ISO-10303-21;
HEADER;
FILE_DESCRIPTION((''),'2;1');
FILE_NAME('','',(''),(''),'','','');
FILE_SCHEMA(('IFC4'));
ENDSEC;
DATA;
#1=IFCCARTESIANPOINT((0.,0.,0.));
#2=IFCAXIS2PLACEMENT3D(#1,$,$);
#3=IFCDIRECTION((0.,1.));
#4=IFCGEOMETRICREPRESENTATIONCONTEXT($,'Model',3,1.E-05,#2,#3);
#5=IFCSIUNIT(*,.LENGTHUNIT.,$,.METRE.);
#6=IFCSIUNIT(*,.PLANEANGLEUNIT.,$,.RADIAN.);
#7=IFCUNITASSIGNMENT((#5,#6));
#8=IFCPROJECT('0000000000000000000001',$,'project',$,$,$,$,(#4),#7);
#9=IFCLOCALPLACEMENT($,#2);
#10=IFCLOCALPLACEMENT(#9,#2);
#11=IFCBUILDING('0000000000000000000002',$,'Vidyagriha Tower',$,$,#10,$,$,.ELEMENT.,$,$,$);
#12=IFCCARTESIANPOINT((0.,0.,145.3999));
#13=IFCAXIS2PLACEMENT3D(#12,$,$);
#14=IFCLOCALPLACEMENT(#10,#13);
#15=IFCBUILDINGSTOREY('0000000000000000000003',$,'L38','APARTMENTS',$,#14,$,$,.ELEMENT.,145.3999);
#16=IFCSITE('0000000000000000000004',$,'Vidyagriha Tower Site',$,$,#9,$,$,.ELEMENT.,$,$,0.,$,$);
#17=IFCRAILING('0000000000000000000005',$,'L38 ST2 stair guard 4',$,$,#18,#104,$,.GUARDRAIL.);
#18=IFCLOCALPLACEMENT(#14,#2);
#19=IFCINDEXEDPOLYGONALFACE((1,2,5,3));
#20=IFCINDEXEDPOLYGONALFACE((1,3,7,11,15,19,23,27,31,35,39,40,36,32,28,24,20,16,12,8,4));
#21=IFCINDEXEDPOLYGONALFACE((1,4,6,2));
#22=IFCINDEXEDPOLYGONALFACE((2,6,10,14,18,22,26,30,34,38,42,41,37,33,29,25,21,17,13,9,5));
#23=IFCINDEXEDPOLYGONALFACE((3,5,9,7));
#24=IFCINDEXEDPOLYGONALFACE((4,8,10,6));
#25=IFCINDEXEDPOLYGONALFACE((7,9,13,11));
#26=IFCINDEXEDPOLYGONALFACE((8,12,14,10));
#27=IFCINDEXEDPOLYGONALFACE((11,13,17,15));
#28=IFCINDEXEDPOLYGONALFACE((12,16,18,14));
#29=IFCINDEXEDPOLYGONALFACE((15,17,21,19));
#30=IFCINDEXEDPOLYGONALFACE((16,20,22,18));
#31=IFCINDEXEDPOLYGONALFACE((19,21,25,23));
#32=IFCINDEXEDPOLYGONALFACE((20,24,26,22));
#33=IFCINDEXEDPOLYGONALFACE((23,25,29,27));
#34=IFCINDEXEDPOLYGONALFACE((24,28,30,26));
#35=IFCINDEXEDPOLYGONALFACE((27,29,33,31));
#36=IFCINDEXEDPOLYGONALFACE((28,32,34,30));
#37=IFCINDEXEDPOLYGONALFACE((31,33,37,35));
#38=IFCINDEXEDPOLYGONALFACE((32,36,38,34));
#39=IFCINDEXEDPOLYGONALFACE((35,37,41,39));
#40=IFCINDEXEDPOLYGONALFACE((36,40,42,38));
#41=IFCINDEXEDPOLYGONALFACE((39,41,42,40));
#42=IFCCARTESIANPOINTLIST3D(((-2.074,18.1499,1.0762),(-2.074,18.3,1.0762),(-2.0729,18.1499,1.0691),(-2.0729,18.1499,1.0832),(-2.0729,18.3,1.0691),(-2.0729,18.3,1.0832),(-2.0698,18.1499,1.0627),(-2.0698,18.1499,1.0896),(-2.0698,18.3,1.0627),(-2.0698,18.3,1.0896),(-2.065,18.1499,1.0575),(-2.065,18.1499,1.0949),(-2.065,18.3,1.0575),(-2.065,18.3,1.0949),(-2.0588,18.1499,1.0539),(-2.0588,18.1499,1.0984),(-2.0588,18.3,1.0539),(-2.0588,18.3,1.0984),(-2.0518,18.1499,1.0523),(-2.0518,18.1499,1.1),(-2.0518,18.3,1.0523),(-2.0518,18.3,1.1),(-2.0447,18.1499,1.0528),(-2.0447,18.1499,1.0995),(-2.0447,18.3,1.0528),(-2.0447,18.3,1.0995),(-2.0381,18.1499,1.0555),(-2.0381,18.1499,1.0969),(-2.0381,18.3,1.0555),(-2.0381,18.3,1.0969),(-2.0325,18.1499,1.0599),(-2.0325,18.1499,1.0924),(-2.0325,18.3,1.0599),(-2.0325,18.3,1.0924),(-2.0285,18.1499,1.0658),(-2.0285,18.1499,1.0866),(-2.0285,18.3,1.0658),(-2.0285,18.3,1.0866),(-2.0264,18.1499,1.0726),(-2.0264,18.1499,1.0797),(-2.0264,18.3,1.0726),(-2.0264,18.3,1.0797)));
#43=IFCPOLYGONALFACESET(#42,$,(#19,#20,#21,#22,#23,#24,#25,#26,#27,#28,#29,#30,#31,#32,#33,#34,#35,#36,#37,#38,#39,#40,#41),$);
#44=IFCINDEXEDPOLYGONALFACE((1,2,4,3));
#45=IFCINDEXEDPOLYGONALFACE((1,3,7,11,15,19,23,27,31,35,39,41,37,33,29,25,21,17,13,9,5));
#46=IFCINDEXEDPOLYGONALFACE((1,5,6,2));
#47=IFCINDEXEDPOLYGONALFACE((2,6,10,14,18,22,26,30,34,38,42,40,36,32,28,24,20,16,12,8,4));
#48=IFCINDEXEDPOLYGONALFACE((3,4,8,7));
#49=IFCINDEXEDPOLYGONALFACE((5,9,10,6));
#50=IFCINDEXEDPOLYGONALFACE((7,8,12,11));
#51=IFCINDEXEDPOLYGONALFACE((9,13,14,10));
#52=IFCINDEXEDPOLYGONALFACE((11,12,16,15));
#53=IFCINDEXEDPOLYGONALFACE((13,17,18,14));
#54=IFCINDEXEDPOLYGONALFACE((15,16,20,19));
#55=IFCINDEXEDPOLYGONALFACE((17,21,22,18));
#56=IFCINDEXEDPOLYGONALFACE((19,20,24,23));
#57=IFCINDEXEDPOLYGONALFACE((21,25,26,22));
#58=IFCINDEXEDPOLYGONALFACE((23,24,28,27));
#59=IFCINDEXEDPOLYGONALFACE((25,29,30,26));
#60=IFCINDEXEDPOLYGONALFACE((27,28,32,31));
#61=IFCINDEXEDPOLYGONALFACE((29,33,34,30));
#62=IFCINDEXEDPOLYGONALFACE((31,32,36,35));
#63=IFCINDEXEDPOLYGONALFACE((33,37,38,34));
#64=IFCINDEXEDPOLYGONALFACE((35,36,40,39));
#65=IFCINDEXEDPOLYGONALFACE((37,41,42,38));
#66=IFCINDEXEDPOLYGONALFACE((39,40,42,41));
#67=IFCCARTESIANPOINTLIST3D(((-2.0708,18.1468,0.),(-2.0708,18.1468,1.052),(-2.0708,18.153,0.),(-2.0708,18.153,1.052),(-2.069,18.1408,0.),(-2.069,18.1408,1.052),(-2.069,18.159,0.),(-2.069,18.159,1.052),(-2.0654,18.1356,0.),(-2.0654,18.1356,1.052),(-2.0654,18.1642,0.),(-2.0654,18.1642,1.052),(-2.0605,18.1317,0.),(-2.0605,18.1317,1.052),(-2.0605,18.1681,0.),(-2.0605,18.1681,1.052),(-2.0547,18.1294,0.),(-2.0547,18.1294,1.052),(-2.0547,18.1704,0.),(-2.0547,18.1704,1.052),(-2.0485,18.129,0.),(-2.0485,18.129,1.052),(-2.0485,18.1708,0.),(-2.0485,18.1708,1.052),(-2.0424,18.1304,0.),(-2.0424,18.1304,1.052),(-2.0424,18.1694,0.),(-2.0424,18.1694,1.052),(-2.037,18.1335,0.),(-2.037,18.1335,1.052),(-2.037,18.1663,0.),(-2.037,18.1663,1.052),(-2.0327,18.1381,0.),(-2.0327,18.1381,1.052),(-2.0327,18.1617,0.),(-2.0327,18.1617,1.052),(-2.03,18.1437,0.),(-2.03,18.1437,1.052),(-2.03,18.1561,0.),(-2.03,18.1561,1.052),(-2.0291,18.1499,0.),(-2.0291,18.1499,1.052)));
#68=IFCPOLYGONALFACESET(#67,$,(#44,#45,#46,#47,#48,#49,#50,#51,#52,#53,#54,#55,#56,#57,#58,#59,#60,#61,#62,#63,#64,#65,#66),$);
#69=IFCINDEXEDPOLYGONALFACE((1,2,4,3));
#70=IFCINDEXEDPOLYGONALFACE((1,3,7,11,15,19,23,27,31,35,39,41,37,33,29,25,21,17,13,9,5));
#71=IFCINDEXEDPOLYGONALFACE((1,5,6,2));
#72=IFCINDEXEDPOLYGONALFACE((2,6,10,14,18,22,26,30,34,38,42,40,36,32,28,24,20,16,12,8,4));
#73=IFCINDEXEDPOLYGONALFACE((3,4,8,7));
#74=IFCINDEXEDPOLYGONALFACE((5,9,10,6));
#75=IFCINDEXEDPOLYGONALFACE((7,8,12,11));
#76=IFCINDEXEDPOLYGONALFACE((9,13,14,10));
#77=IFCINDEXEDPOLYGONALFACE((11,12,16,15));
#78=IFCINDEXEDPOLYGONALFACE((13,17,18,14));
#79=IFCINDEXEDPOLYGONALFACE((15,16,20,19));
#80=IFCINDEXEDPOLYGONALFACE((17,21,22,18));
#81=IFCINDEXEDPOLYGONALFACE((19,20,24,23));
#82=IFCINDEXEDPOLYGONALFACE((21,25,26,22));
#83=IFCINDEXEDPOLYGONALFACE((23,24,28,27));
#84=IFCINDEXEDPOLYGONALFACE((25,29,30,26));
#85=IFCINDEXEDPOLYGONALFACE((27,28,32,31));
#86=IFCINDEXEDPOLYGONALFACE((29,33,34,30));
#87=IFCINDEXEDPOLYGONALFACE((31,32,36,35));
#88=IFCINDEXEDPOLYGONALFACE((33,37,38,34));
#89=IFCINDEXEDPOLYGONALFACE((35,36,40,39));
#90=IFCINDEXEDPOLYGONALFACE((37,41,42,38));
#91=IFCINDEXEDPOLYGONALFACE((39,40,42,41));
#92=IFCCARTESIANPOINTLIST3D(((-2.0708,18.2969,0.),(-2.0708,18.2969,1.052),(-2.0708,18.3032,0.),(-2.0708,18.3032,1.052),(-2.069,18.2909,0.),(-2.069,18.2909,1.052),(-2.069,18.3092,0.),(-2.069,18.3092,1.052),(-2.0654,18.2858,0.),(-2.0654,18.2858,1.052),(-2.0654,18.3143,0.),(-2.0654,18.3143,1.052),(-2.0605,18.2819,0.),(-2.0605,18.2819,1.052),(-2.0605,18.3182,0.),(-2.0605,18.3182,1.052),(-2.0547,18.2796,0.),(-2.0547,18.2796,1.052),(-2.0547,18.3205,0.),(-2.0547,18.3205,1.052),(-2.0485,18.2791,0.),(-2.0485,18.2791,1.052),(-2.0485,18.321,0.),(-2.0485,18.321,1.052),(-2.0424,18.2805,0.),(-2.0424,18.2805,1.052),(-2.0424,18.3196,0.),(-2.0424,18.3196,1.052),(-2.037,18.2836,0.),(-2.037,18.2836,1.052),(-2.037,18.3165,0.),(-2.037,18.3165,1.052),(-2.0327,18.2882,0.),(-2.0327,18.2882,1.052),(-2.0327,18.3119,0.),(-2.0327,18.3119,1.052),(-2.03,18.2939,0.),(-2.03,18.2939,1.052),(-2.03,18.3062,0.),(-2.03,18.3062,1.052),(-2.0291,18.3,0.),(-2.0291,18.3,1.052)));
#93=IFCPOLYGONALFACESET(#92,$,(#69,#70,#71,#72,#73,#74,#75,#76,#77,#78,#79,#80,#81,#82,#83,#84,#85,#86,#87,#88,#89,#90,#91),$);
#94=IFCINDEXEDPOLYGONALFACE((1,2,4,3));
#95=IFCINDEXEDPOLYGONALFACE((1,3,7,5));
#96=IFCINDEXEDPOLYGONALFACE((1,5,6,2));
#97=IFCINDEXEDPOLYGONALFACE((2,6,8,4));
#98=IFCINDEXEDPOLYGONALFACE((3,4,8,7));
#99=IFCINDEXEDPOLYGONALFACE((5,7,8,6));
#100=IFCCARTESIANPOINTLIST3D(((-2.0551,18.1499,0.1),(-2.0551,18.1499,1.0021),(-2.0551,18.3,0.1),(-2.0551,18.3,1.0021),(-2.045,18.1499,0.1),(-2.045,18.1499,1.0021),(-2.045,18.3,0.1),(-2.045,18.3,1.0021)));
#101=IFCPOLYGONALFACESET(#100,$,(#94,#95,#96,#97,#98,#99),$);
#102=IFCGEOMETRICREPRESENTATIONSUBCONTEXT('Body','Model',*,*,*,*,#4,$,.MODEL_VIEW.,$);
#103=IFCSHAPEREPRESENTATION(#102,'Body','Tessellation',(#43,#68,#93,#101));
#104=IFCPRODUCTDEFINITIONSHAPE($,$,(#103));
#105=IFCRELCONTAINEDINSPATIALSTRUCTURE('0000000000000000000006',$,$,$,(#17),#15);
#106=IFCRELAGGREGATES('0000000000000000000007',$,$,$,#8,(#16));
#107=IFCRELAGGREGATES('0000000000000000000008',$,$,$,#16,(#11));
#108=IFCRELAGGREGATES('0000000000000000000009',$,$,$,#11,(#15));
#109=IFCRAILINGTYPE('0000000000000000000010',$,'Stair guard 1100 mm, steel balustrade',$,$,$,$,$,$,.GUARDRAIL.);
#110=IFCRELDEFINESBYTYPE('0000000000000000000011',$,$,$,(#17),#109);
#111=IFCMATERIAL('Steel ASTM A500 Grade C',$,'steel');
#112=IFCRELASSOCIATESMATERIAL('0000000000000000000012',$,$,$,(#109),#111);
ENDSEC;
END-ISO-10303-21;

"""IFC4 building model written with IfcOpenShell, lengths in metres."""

from ifc_helpers import new_model, si_unit, direction, frame, origin, origin_2d, place, context, subcontext, project, spatial, rectangle, circle, extrude, material, type_object, element, save


model = new_model("IFC4")

# Units and contexts
model_context = context("Model", 3, precision=1e-05, world=origin(), true_north=direction((0.0, 1.0)))
body_context = subcontext(model_context, "Body", "Model", "MODEL_VIEW")
ifc_project = project(units=[si_unit("LENGTHUNIT", "METRE"), si_unit("PLANEANGLEUNIT", "RADIAN")], contexts=[model_context])

# Site, building, storey
site_placement = place(None, origin())
site = spatial("IfcSite", under=ifc_project, at=site_placement, Name="Vidyagriha Tower Site", CompositionType="ELEMENT", RefElevation=0.0)
building_placement = place(site_placement, origin())
building = spatial("IfcBuilding", under=site, at=building_placement, Name="Vidyagriha Tower", CompositionType="ELEMENT")
storey_placement = place(building_placement, frame((0.0, 0.0, 145.3999)))
storey = spatial("IfcBuildingStorey", under=building, at=storey_placement, Name="L38", Description="APARTMENTS", CompositionType="ELEMENT", Elevation=145.3999)

# Railing
ifc_material_1 = material(Name="Steel ASTM A500 Grade C", Category="steel")
railing_type_1 = type_object("IfcRailingType", Name="Stair guard 1100 mm, steel balustrade", PredefinedType="GUARDRAIL", material=ifc_material_1)
railing_1_placement = place(storey_placement, frame((-2.05, 18.1499, 0.0)))
element("IfcRailing", 1, at=railing_1_placement, inside=storey, type_object=railing_type_1, Name="L38 ST2 stair guard 4", PredefinedType="GUARDRAIL", context=body_context, shape_type="SweptSolid", body=[
    extrude(circle(Radius=0.0239, at=origin_2d()), frame((0.0, 0.0, 1.0762), z_axis=(0.0, 1.0, 0.0), x_axis=(-1.0, 0.0, 0.0)), (0.0, 0.0, 1.0), 0.1501),
    extrude(circle(Radius=0.021, at=origin_2d()), origin(), (0.0, 0.0, 1.0), 1.052),
    extrude(circle(Radius=0.021, at=origin_2d()), frame((0.0, 0.1501, 0.0)), (0.0, 0.0, 1.0), 1.052),
    extrude(rectangle(XDim=0.01, YDim=0.9021, at=origin_2d()), frame((0.0, 0.0, 0.551), z_axis=(0.0, 1.0, 0.0), x_axis=(-1.0, 0.0, 0.0)), (0.0, 0.0, 1.0), 0.1501),
])

save(model, "model.ifc")
